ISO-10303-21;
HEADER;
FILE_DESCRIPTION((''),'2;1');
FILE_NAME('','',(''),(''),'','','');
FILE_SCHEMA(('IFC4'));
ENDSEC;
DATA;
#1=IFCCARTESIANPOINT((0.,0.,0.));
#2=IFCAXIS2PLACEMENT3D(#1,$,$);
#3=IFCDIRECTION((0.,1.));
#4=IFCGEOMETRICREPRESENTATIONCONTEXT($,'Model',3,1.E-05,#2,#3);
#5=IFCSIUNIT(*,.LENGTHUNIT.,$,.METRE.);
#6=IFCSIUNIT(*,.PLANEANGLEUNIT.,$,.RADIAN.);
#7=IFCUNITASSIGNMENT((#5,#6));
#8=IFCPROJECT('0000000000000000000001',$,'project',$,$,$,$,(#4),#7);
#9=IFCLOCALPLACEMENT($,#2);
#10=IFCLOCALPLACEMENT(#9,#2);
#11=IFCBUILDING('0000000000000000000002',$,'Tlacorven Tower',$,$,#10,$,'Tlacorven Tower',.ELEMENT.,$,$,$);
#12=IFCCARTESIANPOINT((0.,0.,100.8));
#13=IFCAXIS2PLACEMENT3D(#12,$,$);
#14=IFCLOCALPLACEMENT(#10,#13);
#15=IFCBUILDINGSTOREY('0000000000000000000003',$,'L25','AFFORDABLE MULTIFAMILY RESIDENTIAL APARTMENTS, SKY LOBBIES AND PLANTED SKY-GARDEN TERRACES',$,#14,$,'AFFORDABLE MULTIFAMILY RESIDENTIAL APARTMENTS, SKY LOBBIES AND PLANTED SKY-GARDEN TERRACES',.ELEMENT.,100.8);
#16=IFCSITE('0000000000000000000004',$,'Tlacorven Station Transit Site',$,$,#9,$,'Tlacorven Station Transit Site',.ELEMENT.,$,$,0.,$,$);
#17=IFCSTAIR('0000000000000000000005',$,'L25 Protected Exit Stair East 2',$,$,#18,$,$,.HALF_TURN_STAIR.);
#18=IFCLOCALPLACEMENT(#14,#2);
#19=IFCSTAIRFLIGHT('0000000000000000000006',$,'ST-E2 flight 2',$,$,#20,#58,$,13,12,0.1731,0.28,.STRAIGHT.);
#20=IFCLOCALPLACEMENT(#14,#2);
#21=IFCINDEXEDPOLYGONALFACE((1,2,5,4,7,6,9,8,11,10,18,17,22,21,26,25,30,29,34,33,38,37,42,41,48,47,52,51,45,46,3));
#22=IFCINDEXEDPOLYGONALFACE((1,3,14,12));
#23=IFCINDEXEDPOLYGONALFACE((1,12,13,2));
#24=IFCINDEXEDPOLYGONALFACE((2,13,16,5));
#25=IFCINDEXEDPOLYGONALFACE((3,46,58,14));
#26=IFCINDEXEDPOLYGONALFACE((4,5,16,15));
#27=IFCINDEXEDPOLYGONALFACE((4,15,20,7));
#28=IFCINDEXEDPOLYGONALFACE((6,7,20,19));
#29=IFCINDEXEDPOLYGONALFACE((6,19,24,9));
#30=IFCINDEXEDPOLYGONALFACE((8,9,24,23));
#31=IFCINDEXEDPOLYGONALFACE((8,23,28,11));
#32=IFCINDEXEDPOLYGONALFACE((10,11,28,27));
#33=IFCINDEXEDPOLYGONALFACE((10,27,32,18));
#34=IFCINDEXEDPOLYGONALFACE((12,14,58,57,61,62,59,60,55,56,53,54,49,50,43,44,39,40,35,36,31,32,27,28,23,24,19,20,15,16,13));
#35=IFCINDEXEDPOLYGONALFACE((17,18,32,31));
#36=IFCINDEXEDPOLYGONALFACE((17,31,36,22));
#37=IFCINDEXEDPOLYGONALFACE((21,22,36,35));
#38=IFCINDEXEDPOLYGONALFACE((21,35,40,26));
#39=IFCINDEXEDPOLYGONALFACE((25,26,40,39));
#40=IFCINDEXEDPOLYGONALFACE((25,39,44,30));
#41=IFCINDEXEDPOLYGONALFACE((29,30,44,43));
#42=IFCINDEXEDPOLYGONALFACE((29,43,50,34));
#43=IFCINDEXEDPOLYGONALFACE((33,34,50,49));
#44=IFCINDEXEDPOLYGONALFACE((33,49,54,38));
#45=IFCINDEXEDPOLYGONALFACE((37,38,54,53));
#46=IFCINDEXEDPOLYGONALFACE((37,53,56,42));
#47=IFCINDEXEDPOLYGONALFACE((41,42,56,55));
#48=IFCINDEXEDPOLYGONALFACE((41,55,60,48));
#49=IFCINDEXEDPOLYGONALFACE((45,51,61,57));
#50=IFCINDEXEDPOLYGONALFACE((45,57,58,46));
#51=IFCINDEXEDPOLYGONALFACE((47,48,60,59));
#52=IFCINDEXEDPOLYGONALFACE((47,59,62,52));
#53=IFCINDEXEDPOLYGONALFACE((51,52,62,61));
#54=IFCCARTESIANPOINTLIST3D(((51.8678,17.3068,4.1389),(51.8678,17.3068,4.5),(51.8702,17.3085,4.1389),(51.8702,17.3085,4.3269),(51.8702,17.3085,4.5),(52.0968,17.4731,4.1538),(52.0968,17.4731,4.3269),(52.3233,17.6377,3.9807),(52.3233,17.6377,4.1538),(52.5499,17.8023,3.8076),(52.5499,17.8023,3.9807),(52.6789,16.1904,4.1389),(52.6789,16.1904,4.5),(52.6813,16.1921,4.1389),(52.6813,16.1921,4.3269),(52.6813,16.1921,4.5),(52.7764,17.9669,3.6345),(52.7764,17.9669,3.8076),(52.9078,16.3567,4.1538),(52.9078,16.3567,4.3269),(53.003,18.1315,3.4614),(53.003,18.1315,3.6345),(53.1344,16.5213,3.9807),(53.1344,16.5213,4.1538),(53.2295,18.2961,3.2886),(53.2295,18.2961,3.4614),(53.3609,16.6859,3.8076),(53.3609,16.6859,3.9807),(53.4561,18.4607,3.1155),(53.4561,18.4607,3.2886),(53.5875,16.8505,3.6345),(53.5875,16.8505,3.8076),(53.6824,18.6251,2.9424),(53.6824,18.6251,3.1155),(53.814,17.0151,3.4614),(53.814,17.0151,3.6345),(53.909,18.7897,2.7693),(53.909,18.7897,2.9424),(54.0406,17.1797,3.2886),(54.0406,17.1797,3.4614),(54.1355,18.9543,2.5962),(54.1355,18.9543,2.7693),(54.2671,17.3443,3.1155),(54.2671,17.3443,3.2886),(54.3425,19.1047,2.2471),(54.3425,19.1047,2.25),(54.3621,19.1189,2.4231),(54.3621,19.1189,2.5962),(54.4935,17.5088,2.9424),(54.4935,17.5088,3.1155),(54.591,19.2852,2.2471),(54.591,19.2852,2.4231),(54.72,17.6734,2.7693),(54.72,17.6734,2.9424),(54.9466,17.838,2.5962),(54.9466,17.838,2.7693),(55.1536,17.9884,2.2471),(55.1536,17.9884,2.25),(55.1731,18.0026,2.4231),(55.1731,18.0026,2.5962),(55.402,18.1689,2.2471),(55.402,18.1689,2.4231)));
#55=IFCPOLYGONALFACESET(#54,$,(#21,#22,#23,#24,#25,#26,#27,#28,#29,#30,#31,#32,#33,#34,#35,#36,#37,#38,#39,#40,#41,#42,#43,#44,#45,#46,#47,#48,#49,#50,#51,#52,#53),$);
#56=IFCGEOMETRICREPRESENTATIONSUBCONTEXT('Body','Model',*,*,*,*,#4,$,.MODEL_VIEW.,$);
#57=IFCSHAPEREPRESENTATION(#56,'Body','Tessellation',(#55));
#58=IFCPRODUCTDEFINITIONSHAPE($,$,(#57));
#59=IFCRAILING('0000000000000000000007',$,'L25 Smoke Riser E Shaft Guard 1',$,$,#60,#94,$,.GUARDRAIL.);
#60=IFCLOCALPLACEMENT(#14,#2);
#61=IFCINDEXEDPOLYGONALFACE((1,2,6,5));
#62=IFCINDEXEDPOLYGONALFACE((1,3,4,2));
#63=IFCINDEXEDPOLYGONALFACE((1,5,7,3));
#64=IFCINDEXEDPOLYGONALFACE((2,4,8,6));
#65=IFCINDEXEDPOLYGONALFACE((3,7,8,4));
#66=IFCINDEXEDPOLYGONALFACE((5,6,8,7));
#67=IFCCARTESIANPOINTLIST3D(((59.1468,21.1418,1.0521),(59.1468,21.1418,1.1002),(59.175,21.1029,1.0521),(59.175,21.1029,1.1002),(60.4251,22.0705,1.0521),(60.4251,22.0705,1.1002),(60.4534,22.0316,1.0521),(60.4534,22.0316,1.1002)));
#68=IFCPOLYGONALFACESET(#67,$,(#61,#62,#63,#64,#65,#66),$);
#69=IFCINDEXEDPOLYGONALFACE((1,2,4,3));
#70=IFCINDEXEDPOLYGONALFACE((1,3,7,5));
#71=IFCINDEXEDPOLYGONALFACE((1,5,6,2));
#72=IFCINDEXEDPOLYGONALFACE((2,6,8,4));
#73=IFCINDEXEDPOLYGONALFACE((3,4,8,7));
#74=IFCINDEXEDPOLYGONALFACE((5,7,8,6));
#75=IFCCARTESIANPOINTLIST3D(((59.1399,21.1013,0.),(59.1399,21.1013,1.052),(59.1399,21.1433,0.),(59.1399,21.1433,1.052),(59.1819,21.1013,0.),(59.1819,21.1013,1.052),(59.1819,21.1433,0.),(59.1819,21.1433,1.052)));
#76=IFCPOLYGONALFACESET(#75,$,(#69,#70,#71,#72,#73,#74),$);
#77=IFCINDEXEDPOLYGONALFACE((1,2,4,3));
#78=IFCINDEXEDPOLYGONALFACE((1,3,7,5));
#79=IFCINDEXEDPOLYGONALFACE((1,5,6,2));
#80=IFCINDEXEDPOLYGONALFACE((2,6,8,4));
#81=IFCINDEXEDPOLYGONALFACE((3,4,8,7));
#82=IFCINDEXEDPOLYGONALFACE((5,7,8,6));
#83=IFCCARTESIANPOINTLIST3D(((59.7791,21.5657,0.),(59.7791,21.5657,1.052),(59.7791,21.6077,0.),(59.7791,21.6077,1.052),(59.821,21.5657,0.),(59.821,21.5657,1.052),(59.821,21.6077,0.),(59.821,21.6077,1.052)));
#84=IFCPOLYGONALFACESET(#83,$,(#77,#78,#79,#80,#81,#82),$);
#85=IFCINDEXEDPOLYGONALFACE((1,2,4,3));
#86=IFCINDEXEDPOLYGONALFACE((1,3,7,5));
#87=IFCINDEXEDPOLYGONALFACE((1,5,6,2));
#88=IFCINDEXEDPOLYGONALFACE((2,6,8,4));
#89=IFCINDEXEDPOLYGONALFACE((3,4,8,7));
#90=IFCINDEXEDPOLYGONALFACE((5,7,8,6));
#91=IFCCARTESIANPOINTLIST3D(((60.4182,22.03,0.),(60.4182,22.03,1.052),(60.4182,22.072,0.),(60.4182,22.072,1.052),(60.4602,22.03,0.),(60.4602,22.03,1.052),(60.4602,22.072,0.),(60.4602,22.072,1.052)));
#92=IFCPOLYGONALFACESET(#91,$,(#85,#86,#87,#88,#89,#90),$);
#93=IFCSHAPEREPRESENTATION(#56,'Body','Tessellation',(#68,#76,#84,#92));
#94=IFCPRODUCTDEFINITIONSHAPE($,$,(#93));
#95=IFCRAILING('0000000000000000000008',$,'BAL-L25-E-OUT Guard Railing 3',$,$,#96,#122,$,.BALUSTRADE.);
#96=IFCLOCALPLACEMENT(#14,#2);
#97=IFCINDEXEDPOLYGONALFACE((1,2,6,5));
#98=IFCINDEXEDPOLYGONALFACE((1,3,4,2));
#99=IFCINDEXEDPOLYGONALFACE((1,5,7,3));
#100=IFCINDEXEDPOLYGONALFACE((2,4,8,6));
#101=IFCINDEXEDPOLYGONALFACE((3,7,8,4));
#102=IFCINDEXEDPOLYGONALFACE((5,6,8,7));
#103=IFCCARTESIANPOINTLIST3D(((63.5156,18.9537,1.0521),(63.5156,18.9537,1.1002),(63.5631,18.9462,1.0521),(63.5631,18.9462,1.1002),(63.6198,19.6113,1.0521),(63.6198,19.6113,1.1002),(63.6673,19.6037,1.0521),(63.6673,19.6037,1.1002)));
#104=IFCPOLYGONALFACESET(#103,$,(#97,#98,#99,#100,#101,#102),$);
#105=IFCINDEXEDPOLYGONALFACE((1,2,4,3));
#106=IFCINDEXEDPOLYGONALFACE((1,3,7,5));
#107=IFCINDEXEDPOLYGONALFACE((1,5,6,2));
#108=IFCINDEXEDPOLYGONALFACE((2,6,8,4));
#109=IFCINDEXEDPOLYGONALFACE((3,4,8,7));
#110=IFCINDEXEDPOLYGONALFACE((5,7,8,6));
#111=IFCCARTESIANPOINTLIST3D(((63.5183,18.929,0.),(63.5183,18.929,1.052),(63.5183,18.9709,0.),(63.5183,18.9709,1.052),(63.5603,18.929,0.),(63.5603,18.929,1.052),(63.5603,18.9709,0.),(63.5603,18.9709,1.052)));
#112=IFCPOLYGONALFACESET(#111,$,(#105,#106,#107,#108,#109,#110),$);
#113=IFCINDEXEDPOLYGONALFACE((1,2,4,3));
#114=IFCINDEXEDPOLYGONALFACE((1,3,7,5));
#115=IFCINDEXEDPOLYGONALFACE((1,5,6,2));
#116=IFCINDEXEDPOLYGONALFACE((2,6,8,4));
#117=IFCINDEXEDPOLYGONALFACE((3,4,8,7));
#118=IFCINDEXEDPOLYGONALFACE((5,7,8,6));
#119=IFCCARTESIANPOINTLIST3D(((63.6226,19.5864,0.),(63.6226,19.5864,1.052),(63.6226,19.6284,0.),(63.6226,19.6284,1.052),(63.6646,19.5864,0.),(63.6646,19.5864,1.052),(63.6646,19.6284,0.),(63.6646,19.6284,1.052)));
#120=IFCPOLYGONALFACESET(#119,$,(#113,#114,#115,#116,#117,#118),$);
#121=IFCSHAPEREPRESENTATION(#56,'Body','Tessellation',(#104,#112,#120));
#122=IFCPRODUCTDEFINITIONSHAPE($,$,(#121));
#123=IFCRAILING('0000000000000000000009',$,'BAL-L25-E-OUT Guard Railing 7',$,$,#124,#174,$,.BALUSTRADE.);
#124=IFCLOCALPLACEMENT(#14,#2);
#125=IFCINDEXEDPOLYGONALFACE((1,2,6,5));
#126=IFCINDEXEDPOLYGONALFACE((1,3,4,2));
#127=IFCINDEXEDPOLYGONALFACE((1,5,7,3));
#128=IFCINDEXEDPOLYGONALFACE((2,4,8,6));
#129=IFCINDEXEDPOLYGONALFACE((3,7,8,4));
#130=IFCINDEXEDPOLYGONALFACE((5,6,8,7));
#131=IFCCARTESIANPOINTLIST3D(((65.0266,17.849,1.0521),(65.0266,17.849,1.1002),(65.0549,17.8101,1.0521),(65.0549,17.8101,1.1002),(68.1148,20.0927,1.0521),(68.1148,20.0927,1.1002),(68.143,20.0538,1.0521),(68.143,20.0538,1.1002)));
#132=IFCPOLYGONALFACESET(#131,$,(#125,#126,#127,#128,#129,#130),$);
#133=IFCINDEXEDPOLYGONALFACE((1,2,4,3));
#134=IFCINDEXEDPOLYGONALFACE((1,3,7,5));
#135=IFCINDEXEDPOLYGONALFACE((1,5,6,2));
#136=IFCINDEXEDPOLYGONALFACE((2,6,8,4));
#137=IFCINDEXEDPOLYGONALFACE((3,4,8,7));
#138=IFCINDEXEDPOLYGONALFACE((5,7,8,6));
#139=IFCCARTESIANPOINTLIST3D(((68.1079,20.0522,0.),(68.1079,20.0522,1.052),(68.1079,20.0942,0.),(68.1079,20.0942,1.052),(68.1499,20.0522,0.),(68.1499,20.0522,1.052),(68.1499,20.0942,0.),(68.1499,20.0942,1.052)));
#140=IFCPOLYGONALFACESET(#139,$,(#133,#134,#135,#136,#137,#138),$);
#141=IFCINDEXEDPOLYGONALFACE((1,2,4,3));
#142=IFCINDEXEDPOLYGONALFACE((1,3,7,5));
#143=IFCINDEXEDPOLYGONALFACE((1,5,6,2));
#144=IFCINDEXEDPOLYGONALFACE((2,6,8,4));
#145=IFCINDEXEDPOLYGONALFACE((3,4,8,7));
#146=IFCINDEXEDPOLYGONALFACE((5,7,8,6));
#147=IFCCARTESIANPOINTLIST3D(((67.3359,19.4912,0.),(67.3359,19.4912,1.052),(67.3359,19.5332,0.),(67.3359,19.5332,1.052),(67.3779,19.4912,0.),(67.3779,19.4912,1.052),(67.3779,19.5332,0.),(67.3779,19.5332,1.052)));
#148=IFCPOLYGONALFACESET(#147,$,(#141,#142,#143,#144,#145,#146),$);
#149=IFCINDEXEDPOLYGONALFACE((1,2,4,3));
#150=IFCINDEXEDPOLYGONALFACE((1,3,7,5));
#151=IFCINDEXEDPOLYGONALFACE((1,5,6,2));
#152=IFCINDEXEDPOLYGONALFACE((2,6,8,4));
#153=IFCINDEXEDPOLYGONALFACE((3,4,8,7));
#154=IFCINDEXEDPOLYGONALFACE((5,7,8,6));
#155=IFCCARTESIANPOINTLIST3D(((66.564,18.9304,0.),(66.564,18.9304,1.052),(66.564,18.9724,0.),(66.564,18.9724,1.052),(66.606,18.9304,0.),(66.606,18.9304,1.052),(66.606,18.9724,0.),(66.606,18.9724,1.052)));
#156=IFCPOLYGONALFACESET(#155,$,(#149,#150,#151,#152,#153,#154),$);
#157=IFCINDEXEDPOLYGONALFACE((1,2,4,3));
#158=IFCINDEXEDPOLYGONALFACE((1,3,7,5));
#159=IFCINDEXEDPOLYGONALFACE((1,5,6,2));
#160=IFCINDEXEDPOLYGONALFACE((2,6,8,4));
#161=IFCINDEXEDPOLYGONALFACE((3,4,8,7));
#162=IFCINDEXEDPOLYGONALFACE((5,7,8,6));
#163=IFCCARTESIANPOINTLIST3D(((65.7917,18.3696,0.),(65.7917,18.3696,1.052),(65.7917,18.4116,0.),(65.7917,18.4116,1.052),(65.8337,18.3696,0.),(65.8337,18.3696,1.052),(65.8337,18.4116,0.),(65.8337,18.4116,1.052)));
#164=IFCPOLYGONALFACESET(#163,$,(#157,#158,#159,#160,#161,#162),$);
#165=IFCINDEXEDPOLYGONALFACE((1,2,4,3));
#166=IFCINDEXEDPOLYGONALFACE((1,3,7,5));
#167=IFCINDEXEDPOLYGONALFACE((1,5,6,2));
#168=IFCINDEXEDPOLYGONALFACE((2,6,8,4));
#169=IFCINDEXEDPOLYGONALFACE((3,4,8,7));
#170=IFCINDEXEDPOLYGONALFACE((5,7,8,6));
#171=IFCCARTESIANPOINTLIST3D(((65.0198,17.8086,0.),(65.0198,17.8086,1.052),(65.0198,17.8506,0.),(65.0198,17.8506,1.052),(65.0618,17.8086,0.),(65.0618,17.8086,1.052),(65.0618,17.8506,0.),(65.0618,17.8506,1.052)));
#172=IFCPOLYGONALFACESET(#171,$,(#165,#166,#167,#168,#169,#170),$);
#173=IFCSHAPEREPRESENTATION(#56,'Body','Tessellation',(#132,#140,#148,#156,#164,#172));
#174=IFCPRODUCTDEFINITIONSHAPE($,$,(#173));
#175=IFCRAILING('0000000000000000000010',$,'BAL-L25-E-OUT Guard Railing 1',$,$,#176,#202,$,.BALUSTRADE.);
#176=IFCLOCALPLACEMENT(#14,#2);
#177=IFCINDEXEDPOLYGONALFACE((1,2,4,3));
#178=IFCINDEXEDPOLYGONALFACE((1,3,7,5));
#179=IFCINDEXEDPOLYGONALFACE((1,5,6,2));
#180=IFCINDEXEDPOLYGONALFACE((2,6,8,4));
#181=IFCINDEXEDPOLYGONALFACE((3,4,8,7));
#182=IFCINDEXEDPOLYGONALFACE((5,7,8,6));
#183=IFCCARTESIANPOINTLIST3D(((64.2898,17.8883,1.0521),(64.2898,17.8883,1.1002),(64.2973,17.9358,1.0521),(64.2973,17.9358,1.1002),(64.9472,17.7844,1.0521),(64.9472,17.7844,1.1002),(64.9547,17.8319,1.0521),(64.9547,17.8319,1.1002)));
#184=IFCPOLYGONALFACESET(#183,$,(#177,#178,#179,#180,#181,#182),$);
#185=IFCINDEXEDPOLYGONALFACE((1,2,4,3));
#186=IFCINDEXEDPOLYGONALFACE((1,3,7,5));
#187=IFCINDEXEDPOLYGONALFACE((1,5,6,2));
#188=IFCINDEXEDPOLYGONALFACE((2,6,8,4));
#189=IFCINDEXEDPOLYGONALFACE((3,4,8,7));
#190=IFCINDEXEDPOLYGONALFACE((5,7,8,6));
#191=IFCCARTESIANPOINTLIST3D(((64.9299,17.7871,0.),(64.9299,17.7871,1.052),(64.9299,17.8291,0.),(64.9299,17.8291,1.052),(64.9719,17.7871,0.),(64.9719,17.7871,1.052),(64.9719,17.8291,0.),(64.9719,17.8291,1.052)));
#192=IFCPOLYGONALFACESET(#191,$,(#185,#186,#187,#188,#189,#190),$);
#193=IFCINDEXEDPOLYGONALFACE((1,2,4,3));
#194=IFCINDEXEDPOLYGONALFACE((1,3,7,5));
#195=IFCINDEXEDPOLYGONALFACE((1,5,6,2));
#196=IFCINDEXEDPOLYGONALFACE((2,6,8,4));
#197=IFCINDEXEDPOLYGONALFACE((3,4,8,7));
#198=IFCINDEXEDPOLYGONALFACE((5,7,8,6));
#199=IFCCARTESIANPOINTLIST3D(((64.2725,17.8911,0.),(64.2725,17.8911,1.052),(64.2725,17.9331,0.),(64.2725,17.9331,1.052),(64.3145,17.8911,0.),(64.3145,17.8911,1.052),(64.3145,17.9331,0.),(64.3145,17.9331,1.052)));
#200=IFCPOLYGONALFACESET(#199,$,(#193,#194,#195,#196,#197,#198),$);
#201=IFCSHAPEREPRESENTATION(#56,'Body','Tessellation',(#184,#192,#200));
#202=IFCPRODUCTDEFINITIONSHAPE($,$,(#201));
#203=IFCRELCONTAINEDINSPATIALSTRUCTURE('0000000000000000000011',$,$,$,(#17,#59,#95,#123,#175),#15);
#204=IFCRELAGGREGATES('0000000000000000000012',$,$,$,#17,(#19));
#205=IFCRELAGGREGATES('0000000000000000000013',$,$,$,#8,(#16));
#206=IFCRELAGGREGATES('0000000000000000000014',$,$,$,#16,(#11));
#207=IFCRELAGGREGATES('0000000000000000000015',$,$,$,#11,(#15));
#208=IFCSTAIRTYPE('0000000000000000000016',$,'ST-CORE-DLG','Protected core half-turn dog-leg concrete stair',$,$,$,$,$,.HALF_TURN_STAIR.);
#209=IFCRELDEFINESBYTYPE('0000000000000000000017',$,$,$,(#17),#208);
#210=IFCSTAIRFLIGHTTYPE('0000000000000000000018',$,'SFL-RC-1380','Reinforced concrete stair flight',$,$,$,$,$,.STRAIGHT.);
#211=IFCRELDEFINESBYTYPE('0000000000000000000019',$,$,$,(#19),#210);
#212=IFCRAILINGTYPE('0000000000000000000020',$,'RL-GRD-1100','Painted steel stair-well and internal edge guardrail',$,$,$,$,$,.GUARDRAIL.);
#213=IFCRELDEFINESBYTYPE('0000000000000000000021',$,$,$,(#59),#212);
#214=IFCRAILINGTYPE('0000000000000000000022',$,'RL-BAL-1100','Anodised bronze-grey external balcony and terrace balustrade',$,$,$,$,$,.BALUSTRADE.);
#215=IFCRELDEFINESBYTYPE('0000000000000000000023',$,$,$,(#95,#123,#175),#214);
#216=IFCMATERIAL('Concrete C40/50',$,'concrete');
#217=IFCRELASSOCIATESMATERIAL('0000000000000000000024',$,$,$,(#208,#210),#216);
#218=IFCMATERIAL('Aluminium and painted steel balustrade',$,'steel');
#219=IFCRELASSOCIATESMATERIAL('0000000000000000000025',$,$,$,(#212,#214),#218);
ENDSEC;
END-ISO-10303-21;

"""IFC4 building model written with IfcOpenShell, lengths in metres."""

from ifc_helpers import new_model, si_unit, direction, frame, origin, origin_2d, place, context, subcontext, project, spatial, polyline, rectangle, outline, extrude, source, transform, mapped, material, type_object, element, aggregate, save


model = new_model("IFC4")

# Units and contexts
model_context = context("Model", 3, precision=1e-05, world=origin(), true_north=direction((0.0, 1.0)))
body_context = subcontext(model_context, "Body", "Model", "MODEL_VIEW")
ifc_project = project(units=[si_unit("LENGTHUNIT", "METRE"), si_unit("PLANEANGLEUNIT", "RADIAN")], contexts=[model_context])

# Site, building, storey
site_placement = place(None, origin())
site = spatial("IfcSite", under=ifc_project, at=site_placement, Name="Tlacorven Station Transit Site", LongName="Tlacorven Station Transit Site", CompositionType="ELEMENT", RefElevation=0.0)
building_placement = place(site_placement, origin())
building = spatial("IfcBuilding", under=site, at=building_placement, Name="Tlacorven Tower", LongName="Tlacorven Tower", CompositionType="ELEMENT")
storey_placement = place(building_placement, frame((0.0, 0.0, 100.8)))
storey = spatial("IfcBuildingStorey", under=building, at=storey_placement, Name="L25", Description="AFFORDABLE MULTIFAMILY RESIDENTIAL APARTMENTS, SKY LOBBIES AND PLANTED SKY-GARDEN TERRACES", LongName="AFFORDABLE MULTIFAMILY RESIDENTIAL APARTMENTS, SKY LOBBIES AND PLANTED SKY-GARDEN TERRACES", CompositionType="ELEMENT", Elevation=100.8)

# Shared definitions
ifc_material_1 = material(Name="Concrete C40/50", Category="concrete")

# Stair, stair flight
stair_type = type_object("IfcStairType", Name="ST-CORE-DLG", Description="Protected core half-turn dog-leg concrete stair", PredefinedType="HALF_TURN_STAIR", material=ifc_material_1)
stair_placement = place(storey_placement, origin())
stair = element("IfcStair", 1, at=stair_placement, inside=storey, type_object=stair_type, Name="L25 Protected Exit Stair East 2", PredefinedType="HALF_TURN_STAIR")
stair_flight_type = type_object("IfcStairFlightType", Name="SFL-RC-1380", Description="Reinforced concrete stair flight", PredefinedType="STRAIGHT", material=ifc_material_1)
shared_shape_1 = source(origin(), body_context, "Body", "SweptSolid", [
    extrude(outline(polyline([(-0.0029, -0.0029), (-0.0029, 0.1731), (0.28, 0.1731), (0.28, 0.3462), (0.5601, 0.3462), (0.5601, 0.5193), (0.8401, 0.5193), (0.8401, 0.6924), (1.1201, 0.6924), (1.1201, 0.8655), (1.3999, 0.8655), (1.3999, 1.0386), (1.6799, 1.0386), (1.6799, 1.2114), (1.96, 1.2114), (1.96, 1.3845), (2.24, 1.3845), (2.24, 1.5576), (2.52, 1.5576), (2.52, 1.7307), (2.8, 1.7307), (2.8, 1.9038), (3.0801, 1.9038), (3.0801, 2.0769), (3.3601, 2.0769), (3.3601, 2.25), (3.363, 2.25), (3.363, 1.8889), (3.3601, 1.8889), (0.3042, 0.0), (0.3042, -0.0029), (-0.0029, -0.0029)])), frame((0.0, 0.6899, 0.0), z_axis=(0.0, -1.0, 0.0), x_axis=(1.0, 0.0, 0.0)), (0.0, 0.0, 1.0), 1.3799),
])
stair_flight_placement = place(storey_placement, frame((54.9941, 18.7253, 2.25), z_axis=(0.0, 0.0, 1.0), x_axis=(-0.809017, -0.587785, 0.0)))
stair_flight = element("IfcStairFlight", 2, at=stair_flight_placement, type_object=stair_flight_type, Name="ST-E2 flight 2", NumberOfRisers=13, NumberOfTreads=12, PredefinedType="STRAIGHT", RiserHeight=0.1731, TreadLength=0.28, context=body_context, shape_type="MappedRepresentation", body=[
    mapped(shared_shape_1, transform((0.0, 0.0, 0.0), scale=1.0)),
])
aggregate(stair, [stair_flight])

# Railings
ifc_material_2 = material(Name="Aluminium and painted steel balustrade", Category="steel")
railing_type_1 = type_object("IfcRailingType", Name="RL-GRD-1100", Description="Painted steel stair-well and internal edge guardrail", PredefinedType="GUARDRAIL", material=ifc_material_2)
shared_shape_2 = source(origin(), body_context, "Body", "SweptSolid", [
    extrude(rectangle(XDim=0.0481, YDim=0.0481, at=origin_2d()), frame((0.0, 0.0, 1.0762), z_axis=(0.80903, 0.587767, 0.0), x_axis=(-0.587767, 0.80903, 0.0)), (0.0, 0.0, 1.0), 1.5801),
    extrude(rectangle(XDim=0.042, YDim=0.042, at=origin_2d()), origin(), (0.0, 0.0, 1.0), 1.052),
    extrude(rectangle(XDim=0.042, YDim=0.042, at=origin_2d()), frame((0.6392, 0.4644, 0.0)), (0.0, 0.0, 1.0), 1.052),
    extrude(rectangle(XDim=0.042, YDim=0.042, at=origin_2d()), frame((1.2783, 0.9287, 0.0)), (0.0, 0.0, 1.0), 1.052),
])
railing_1_placement = place(storey_placement, frame((59.1609, 21.1223, 0.0)))
element("IfcRailing", 3, at=railing_1_placement, inside=storey, type_object=railing_type_1, Name="L25 Smoke Riser E Shaft Guard 1", PredefinedType="GUARDRAIL", context=body_context, shape_type="MappedRepresentation", body=[
    mapped(shared_shape_2, transform((0.0, 0.0, 0.0), scale=1.0)),
])
railing_type_2 = type_object("IfcRailingType", Name="RL-BAL-1100", Description="Anodised bronze-grey external balcony and terrace balustrade", PredefinedType="BALUSTRADE", material=ifc_material_2)
shared_shape_3 = source(origin(), body_context, "Body", "SweptSolid", [
    extrude(rectangle(XDim=0.0481, YDim=0.0481, at=origin_2d()), frame((0.0, 0.0, 1.0762), z_axis=(0.156603, 0.987662, 0.0), x_axis=(-0.987662, 0.156603, 0.0)), (0.0, 0.0, 1.0), 0.6658),
    extrude(rectangle(XDim=0.042, YDim=0.042, at=origin_2d()), origin(), (0.0, 0.0, 1.0), 1.052),
    extrude(rectangle(XDim=0.042, YDim=0.042, at=origin_2d()), frame((0.1042, 0.6575, 0.0)), (0.0, 0.0, 1.0), 1.052),
])
railing_2_placement = place(storey_placement, frame((63.5393, 18.95, 0.0)))
element("IfcRailing", 4, at=railing_2_placement, inside=storey, type_object=railing_type_2, Name="BAL-L25-E-OUT Guard Railing 3", PredefinedType="BALUSTRADE", context=body_context, shape_type="MappedRepresentation", body=[
    mapped(shared_shape_3, transform((0.0, 0.0, 0.0), scale=1.0)),
])
shared_shape_4 = source(origin(), body_context, "Body", "SweptSolid", [
    extrude(rectangle(XDim=0.0481, YDim=0.0481, at=origin_2d()), frame((0.0, 0.0, 1.0762), z_axis=(-0.809018, -0.587784, 0.0), x_axis=(0.587784, -0.809018, 0.0)), (0.0, 0.0, 1.0), 3.8171),
    extrude(rectangle(XDim=0.042, YDim=0.042, at=origin_2d()), origin(), (0.0, 0.0, 1.0), 1.052),
    extrude(rectangle(XDim=0.042, YDim=0.042, at=origin_2d()), frame((-0.772, -0.561, 0.0)), (0.0, 0.0, 1.0), 1.052),
    extrude(rectangle(XDim=0.042, YDim=0.042, at=origin_2d()), frame((-1.5439, -1.1218, 0.0)), (0.0, 0.0, 1.0), 1.052),
    extrude(rectangle(XDim=0.042, YDim=0.042, at=origin_2d()), frame((-2.3162, -1.6826, 0.0)), (0.0, 0.0, 1.0), 1.052),
    extrude(rectangle(XDim=0.042, YDim=0.042, at=origin_2d()), frame((-3.0881, -2.2437, 0.0)), (0.0, 0.0, 1.0), 1.052),
])
railing_3_placement = place(storey_placement, frame((68.1289, 20.0732, 0.0)))
element("IfcRailing", 5, at=railing_3_placement, inside=storey, type_object=railing_type_2, Name="BAL-L25-E-OUT Guard Railing 7", PredefinedType="BALUSTRADE", context=body_context, shape_type="MappedRepresentation", body=[
    mapped(shared_shape_4, transform((0.0, 0.0, 0.0), scale=1.0)),
])
shared_shape_5 = source(origin(), body_context, "Body", "SweptSolid", [
    extrude(rectangle(XDim=0.0481, YDim=0.0481, at=origin_2d()), frame((0.0, 0.0, 1.0762), z_axis=(-0.987718, 0.156245, 0.0), x_axis=(-0.156245, -0.987718, 0.0)), (0.0, 0.0, 1.0), 0.6655),
    extrude(rectangle(XDim=0.042, YDim=0.042, at=origin_2d()), origin(), (0.0, 0.0, 1.0), 1.052),
    extrude(rectangle(XDim=0.042, YDim=0.042, at=origin_2d()), frame((-0.6575, 0.104, 0.0)), (0.0, 0.0, 1.0), 1.052),
])
railing_4_placement = place(storey_placement, frame((64.9509, 17.8081, 0.0)))
element("IfcRailing", 6, at=railing_4_placement, inside=storey, type_object=railing_type_2, Name="BAL-L25-E-OUT Guard Railing 1", PredefinedType="BALUSTRADE", context=body_context, shape_type="MappedRepresentation", body=[
    mapped(shared_shape_5, transform((0.0, 0.0, 0.0), scale=1.0)),
])

save(model, "model.ifc")
